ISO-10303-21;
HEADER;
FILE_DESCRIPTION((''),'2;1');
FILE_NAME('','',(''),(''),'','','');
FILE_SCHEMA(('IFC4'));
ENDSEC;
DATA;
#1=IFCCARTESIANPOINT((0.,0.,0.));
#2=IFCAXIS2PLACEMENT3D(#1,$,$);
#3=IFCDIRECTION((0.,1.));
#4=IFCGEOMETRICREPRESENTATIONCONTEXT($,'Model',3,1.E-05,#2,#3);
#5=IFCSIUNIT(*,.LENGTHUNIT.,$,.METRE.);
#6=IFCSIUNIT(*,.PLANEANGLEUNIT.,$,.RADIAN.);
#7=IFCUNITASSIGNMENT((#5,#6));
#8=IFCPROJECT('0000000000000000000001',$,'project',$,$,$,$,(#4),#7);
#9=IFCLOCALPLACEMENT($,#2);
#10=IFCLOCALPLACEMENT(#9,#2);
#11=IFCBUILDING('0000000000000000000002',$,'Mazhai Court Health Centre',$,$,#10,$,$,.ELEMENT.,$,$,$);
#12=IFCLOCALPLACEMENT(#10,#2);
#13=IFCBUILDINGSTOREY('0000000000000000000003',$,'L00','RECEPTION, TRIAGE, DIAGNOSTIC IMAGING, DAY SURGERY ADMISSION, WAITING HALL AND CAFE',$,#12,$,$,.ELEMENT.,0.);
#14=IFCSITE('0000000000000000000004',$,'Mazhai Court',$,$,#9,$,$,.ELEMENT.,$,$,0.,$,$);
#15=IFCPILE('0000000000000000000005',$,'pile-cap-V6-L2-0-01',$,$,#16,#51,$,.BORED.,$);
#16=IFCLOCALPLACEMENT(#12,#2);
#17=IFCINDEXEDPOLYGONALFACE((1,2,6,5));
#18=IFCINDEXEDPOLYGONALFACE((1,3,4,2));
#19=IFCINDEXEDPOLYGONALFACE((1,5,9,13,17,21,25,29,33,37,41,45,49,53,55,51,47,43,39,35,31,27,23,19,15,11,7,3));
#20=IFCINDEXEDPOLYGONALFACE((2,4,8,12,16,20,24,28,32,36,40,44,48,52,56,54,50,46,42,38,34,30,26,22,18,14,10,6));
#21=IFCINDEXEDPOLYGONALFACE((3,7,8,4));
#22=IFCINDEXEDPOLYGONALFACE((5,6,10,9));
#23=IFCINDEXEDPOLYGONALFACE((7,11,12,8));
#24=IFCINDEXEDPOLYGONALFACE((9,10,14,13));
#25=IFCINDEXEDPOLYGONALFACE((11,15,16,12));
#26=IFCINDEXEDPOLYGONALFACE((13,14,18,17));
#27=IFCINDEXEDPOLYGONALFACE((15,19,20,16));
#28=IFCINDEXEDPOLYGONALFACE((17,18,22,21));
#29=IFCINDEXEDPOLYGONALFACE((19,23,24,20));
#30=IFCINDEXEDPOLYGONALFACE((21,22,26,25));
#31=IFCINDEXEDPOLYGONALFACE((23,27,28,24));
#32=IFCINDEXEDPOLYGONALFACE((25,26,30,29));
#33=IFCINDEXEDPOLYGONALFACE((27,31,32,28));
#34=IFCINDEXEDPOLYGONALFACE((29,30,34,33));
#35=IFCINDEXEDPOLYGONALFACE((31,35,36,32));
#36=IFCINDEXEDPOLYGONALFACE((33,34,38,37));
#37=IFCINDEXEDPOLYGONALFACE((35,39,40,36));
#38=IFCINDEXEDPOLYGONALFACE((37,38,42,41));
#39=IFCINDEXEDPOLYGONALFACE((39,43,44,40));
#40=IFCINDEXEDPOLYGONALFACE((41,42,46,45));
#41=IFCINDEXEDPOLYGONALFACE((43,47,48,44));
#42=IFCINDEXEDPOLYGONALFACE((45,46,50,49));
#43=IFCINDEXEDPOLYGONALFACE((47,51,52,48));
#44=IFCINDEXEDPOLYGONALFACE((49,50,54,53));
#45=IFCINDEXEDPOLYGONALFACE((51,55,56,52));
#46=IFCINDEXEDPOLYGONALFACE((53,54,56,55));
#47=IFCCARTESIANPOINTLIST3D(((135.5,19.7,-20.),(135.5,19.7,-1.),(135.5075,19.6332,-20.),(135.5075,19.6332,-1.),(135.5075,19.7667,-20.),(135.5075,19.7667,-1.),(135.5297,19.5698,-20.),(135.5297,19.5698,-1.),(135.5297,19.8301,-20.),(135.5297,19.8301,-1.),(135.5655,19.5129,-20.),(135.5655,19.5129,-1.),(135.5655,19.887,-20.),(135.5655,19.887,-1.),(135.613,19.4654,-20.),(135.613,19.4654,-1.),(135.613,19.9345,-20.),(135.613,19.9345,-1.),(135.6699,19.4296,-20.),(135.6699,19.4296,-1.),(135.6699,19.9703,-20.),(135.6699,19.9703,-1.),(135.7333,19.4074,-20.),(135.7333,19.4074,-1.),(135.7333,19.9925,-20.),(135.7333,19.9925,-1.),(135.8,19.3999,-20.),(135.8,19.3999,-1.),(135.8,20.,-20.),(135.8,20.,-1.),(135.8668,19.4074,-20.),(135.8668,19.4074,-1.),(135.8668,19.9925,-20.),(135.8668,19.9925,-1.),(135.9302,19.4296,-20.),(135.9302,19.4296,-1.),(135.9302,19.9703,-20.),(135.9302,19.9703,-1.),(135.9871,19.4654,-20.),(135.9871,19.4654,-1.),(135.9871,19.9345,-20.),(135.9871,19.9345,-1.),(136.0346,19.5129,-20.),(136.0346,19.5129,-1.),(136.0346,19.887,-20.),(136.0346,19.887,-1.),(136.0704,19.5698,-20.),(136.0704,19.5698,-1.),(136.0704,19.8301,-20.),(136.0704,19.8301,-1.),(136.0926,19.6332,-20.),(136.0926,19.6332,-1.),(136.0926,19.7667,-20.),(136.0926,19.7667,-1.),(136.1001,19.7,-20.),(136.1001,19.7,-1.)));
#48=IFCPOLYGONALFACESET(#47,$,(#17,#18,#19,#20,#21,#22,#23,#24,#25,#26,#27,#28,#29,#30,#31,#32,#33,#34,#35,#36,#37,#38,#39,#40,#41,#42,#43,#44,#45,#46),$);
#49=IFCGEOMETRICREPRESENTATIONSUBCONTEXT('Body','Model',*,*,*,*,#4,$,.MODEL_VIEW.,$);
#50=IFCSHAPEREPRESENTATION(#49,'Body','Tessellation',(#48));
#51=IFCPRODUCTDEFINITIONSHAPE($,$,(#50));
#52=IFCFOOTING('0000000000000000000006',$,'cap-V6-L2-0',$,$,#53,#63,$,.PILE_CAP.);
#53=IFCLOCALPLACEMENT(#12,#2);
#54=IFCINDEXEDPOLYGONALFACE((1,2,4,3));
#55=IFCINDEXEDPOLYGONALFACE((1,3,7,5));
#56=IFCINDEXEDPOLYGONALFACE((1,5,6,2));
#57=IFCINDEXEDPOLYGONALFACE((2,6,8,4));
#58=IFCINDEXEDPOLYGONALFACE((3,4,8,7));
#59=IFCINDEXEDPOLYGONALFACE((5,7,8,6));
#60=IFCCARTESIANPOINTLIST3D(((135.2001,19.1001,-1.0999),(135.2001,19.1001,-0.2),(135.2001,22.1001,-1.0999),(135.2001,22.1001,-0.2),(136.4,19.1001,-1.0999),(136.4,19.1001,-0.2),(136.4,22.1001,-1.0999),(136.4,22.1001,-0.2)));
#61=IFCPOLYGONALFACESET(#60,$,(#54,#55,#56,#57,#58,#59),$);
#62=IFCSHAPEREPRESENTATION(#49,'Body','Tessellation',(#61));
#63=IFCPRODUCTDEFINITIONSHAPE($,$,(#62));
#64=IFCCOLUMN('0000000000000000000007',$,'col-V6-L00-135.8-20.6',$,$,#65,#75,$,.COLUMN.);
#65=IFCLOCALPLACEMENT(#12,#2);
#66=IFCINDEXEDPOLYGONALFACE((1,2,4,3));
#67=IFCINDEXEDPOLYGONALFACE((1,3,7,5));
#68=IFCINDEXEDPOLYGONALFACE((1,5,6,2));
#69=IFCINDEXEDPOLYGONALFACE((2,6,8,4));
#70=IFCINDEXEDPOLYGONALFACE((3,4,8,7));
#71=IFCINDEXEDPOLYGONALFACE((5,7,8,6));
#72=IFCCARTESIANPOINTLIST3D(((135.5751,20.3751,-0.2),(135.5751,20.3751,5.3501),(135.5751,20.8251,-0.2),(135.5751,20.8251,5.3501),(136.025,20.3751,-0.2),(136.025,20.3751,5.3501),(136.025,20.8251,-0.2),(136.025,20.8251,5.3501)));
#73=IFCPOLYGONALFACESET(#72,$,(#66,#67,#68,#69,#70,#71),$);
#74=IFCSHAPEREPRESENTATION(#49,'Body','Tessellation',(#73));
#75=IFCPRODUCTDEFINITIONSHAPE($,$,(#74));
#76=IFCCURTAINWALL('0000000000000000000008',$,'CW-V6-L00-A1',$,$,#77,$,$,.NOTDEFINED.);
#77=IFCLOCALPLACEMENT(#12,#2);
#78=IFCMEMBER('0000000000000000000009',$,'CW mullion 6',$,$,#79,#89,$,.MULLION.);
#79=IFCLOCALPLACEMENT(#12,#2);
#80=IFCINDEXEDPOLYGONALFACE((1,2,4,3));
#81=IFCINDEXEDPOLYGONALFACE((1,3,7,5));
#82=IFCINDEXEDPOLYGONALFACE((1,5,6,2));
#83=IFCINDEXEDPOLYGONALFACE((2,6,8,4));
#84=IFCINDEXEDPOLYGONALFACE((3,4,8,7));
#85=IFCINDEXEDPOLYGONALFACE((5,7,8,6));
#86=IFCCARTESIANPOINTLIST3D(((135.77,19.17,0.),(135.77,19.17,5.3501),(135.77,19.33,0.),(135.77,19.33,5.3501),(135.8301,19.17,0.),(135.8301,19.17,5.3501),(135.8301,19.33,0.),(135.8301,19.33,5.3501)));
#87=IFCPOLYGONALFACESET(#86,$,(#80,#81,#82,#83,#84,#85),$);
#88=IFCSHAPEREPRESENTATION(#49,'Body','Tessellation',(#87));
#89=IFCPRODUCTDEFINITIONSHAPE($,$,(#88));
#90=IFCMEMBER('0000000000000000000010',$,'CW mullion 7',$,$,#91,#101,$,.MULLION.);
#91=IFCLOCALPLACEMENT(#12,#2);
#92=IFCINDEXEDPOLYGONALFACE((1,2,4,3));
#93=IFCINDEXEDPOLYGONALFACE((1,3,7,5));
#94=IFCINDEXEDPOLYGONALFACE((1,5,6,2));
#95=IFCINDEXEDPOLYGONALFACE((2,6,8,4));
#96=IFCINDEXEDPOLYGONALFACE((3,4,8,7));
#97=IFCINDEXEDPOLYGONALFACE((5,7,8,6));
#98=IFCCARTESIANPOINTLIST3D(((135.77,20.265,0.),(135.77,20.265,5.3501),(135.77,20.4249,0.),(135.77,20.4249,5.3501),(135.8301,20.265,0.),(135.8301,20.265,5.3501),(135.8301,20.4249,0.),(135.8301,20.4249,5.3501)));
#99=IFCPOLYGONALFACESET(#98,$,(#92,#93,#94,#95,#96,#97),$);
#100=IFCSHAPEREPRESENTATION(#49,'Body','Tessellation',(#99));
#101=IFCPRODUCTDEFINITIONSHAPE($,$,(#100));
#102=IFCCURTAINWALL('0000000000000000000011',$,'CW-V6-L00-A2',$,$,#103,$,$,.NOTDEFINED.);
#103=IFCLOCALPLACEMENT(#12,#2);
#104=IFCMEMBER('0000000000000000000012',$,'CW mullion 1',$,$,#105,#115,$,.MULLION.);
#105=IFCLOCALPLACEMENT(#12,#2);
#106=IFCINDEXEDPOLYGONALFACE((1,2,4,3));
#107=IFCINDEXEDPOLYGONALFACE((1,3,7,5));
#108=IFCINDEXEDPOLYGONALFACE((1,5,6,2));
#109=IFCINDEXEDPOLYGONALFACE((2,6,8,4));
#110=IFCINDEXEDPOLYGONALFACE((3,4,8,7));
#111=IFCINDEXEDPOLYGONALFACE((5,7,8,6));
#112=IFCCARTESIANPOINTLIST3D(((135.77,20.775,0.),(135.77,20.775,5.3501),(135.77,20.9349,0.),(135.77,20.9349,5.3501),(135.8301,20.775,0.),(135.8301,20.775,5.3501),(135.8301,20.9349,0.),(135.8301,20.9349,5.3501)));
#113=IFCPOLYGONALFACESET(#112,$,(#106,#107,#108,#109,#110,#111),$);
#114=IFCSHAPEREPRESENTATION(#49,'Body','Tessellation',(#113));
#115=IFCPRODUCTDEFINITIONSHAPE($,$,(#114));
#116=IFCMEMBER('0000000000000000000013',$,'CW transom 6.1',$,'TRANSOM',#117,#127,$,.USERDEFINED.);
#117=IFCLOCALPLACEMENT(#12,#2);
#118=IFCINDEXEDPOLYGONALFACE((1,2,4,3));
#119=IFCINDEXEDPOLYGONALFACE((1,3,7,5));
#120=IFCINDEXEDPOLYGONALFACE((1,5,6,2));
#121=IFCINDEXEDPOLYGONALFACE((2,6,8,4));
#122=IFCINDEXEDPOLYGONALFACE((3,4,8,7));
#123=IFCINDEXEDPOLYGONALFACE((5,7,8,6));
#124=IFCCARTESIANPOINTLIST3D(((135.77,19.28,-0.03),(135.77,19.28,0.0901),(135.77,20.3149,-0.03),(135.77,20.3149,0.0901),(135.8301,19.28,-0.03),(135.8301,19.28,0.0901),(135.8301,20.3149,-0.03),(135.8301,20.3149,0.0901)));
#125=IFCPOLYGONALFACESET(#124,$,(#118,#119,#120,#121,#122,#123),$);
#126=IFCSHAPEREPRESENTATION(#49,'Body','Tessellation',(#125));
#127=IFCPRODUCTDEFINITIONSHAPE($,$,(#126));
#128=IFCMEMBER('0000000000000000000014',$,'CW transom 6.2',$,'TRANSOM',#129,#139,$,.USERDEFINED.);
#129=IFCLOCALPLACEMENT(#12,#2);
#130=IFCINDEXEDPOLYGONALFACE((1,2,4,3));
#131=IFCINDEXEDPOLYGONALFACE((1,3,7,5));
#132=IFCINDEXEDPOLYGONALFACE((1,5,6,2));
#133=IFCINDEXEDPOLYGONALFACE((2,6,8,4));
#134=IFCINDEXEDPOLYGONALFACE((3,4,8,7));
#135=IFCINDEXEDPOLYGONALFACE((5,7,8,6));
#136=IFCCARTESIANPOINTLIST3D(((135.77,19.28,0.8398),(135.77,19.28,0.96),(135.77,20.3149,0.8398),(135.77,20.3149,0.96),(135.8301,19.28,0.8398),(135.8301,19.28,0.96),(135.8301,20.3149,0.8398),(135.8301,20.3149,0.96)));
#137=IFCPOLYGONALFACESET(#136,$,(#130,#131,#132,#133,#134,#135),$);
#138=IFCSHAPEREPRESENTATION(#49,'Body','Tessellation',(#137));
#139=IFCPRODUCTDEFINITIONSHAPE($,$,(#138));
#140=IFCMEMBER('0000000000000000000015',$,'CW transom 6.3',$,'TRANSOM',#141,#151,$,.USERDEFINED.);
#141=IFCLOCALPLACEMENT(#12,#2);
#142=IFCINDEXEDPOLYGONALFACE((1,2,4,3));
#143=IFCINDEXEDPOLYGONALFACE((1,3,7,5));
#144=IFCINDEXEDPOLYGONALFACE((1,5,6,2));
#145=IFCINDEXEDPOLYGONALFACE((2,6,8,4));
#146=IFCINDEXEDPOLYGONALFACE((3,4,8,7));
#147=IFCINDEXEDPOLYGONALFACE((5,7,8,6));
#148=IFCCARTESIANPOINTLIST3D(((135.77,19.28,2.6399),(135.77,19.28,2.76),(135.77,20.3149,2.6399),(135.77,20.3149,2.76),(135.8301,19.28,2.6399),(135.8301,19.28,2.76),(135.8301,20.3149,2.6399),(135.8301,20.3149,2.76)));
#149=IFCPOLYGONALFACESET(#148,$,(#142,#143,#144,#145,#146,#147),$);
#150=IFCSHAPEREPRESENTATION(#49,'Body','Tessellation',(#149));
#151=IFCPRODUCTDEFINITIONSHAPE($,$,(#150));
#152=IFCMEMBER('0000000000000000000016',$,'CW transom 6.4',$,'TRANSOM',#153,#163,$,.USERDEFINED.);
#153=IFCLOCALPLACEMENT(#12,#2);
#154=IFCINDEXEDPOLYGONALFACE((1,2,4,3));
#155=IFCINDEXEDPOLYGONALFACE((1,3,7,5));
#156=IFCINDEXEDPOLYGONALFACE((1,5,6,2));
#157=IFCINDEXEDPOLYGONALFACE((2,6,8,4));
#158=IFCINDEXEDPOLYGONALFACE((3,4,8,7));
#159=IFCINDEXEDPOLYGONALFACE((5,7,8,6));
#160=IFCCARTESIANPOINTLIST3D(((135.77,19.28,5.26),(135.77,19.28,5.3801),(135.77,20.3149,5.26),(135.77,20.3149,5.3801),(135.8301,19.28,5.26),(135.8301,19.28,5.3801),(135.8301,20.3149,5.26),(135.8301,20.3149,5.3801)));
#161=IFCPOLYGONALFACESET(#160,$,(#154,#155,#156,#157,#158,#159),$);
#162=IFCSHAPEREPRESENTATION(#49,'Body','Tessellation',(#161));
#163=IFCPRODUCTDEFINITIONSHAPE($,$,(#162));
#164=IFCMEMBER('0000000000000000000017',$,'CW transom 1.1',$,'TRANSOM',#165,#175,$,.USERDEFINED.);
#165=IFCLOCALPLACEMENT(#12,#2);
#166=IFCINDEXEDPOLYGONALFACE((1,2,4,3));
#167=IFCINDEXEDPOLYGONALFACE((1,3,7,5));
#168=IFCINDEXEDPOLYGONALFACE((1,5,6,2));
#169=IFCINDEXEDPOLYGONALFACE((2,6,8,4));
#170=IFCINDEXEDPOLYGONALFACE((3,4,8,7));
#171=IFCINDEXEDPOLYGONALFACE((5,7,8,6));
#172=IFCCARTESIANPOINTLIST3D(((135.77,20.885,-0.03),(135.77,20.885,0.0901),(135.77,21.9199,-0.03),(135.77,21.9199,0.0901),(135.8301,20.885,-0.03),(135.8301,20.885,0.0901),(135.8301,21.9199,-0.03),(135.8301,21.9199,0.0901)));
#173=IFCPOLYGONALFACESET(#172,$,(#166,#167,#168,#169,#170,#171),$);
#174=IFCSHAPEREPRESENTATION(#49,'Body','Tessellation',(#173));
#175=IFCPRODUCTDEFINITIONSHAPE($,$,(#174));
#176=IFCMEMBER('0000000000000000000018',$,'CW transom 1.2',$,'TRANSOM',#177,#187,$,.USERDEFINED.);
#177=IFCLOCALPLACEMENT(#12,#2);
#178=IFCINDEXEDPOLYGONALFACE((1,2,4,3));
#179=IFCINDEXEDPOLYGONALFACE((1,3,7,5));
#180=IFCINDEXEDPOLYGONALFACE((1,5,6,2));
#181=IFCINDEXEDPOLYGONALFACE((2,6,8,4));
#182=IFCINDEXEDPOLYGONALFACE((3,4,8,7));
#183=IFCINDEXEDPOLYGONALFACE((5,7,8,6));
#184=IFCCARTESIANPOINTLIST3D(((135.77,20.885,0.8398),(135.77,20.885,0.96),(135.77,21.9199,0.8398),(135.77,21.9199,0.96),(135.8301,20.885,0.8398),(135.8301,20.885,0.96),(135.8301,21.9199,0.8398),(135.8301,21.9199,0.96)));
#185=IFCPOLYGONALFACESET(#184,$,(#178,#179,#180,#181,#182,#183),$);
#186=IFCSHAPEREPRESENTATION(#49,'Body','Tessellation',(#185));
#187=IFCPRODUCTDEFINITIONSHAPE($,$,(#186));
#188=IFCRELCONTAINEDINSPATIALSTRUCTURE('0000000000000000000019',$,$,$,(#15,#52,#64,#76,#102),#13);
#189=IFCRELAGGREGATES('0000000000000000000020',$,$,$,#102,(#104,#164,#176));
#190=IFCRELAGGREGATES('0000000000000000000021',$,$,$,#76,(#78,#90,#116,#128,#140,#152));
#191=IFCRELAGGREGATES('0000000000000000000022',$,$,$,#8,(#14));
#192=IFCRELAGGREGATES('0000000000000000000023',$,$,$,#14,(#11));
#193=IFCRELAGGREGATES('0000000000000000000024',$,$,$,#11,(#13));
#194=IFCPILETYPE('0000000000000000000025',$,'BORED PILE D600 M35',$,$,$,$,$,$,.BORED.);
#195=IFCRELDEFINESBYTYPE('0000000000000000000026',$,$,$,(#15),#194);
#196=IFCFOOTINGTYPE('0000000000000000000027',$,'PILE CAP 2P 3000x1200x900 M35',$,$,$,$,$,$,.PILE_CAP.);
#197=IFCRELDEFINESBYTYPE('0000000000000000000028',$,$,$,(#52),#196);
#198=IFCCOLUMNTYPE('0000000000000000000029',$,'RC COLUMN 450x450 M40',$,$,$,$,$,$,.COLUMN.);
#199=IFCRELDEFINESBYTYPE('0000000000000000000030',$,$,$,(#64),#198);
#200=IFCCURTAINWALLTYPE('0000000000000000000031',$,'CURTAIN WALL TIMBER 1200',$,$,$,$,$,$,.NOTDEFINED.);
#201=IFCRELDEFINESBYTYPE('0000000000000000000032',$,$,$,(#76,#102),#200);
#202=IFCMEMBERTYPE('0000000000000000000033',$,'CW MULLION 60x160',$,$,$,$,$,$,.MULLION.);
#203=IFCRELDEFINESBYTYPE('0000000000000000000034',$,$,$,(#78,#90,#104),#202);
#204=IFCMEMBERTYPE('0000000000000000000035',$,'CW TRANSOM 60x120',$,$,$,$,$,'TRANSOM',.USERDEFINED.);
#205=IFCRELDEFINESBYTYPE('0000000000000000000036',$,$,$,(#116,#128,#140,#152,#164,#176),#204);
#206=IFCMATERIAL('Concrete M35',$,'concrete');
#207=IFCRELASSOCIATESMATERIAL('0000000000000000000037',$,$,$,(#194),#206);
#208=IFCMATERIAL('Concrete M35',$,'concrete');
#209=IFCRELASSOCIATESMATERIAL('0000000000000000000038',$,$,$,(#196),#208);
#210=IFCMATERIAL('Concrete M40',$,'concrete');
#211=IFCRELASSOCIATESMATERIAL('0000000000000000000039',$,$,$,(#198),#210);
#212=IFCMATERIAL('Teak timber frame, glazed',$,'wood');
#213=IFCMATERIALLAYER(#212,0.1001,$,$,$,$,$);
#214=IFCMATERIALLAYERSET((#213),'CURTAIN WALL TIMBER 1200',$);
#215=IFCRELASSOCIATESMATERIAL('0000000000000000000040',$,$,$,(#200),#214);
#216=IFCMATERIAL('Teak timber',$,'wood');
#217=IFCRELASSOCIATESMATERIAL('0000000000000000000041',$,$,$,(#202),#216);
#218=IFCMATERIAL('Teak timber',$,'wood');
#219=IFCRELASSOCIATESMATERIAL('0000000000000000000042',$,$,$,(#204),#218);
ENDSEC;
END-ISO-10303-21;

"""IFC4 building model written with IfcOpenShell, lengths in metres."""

from ifc_helpers import new_model, si_unit, direction, frame, origin, origin_2d, place, context, subcontext, project, spatial, rectangle, circle, extrude, material, layer, layer_set, material_profile, profile_set, type_object, element, aggregate, save


model = new_model("IFC4")

# Units and contexts
model_context = context("Model", 3, precision=1e-05, world=origin(), true_north=direction((0.0, 1.0)))
body_context = subcontext(model_context, "Body", "Model", "MODEL_VIEW")
ifc_project = project(units=[si_unit("LENGTHUNIT", "METRE"), si_unit("PLANEANGLEUNIT", "RADIAN")], contexts=[model_context])

# Site, building, storey
site_placement = place(None, origin())
site = spatial("IfcSite", under=ifc_project, at=site_placement, Name="Mazhai Court", CompositionType="ELEMENT", RefElevation=0.0)
building_placement = place(site_placement, origin())
building = spatial("IfcBuilding", under=site, at=building_placement, Name="Mazhai Court Health Centre", CompositionType="ELEMENT")
storey_placement = place(building_placement, origin())
storey = spatial("IfcBuildingStorey", under=building, at=storey_placement, Name="L00", Description="RECEPTION, TRIAGE, DIAGNOSTIC IMAGING, DAY SURGERY ADMISSION, WAITING HALL AND CAFE", CompositionType="ELEMENT", Elevation=0.0)

# Pile
ifc_material_1 = material(Name="Concrete M35", Category="concrete")
ifc_material_profile_1 = material_profile(ifc_material_1, circle(Radius=0.3, at=origin_2d()), Name="RC PILE D600")
ifc_profile_set_1 = profile_set([ifc_material_profile_1], Name="Concrete M35")
pile_type = type_object("IfcPileType", Name="BORED PILE D600 M35", PredefinedType="BORED", material=ifc_profile_set_1)
pile_placement = place(storey_placement, frame((135.8, 19.7, -1.0), z_axis=(0.0, 0.0, -1.0), x_axis=(1.0, 0.0, 0.0)))
element("IfcPile", 1, at=pile_placement, inside=storey, type_object=pile_type, Name="pile-cap-V6-L2-0-01", PredefinedType="BORED", context=body_context, shape_type="SweptSolid", body=[
    extrude(circle(Radius=0.3, at=origin_2d()), origin(), (0.0, 0.0, 1.0), 19.0),
])

# Footing
ifc_material_2 = material(Name="Concrete M35", Category="concrete")
footing_type = type_object("IfcFootingType", Name="PILE CAP 2P 3000x1200x900 M35", PredefinedType="PILE_CAP", material=ifc_material_2)
footing_placement = place(storey_placement, frame((135.8, 20.6001, -1.0999), z_axis=(0.0, 0.0, 1.0), x_axis=(1.0, 0.0, 0.0)))
element("IfcFooting", 2, at=footing_placement, inside=storey, type_object=footing_type, Name="cap-V6-L2-0", PredefinedType="PILE_CAP", context=body_context, shape_type="SweptSolid", body=[
    extrude(rectangle(XDim=1.2, YDim=3.0, at=origin_2d()), origin(), (0.0, 0.0, 1.0), 0.8999),
])

# Column
ifc_material_3 = material(Name="Concrete M40", Category="concrete")
ifc_material_profile_2 = material_profile(ifc_material_3, rectangle(XDim=0.45, YDim=0.45, at=origin_2d()), Name="RC 450x450")
ifc_profile_set_2 = profile_set([ifc_material_profile_2], Name="Concrete M40")
column_type = type_object("IfcColumnType", Name="RC COLUMN 450x450 M40", PredefinedType="COLUMN", material=ifc_profile_set_2)
column_placement = place(storey_placement, frame((135.8, 20.6001, -0.2), z_axis=(0.0, 0.0, 1.0), x_axis=(1.0, 0.0, 0.0)))
element("IfcColumn", 3, at=column_placement, inside=storey, type_object=column_type, Name="col-V6-L00-135.8-20.6", PredefinedType="COLUMN", context=body_context, shape_type="SweptSolid", body=[
    extrude(rectangle(XDim=0.45, YDim=0.45, at=origin_2d()), origin(), (0.0, 0.0, 1.0), 5.55),
])

# Curtain wall, members
ifc_material_4 = material(Name="Teak timber frame, glazed", Category="wood")
ifc_layer_1 = layer(ifc_material_4, 0.1001)
ifc_layer_set_1 = layer_set([ifc_layer_1], Name="CURTAIN WALL TIMBER 1200")
curtain_wall_type = type_object("IfcCurtainWallType", Name="CURTAIN WALL TIMBER 1200", PredefinedType="NOTDEFINED", material=ifc_layer_set_1)
curtain_wall_1_placement = place(storey_placement, origin())
curtain_wall_1 = element("IfcCurtainWall", 4, at=curtain_wall_1_placement, inside=storey, type_object=curtain_wall_type, Name="CW-V6-L00-A1", PredefinedType="NOTDEFINED")
ifc_material_5 = material(Name="Teak timber", Category="wood")
ifc_material_profile_3 = material_profile(ifc_material_5, rectangle(XDim=0.0601, YDim=0.1599, at=origin_2d()), Name="CW MULLION 60x160")
ifc_profile_set_3 = profile_set([ifc_material_profile_3], Name="Teak timber")
member_type_1 = type_object("IfcMemberType", Name="CW MULLION 60x160", PredefinedType="MULLION", material=ifc_profile_set_3)
member_1_placement = place(storey_placement, frame((135.8, 19.25, 0.0), z_axis=(0.0, 0.0, 1.0), x_axis=(-1.0, 0.0, 0.0)))
member_1 = element("IfcMember", 5, at=member_1_placement, type_object=member_type_1, Name="CW mullion 6", PredefinedType="MULLION", context=body_context, shape_type="SweptSolid", body=[
    extrude(rectangle(XDim=0.0601, YDim=0.1599, at=origin_2d()), origin(), (0.0, 0.0, 1.0), 5.3501),
])
member_2_placement = place(storey_placement, frame((135.8, 20.345, 0.0), z_axis=(0.0, 0.0, 1.0), x_axis=(-1.0, 0.0, 0.0)))
member_2 = element("IfcMember", 6, at=member_2_placement, type_object=member_type_1, Name="CW mullion 7", PredefinedType="MULLION", context=body_context, shape_type="SweptSolid", body=[
    extrude(rectangle(XDim=0.0601, YDim=0.1599, at=origin_2d()), origin(), (0.0, 0.0, 1.0), 5.3501),
])

# Curtain wall, member
curtain_wall_2_placement = place(storey_placement, origin())
curtain_wall_2 = element("IfcCurtainWall", 7, at=curtain_wall_2_placement, inside=storey, type_object=curtain_wall_type, Name="CW-V6-L00-A2", PredefinedType="NOTDEFINED")
member_3_placement = place(storey_placement, frame((135.8, 20.855, 0.0), z_axis=(0.0, 0.0, 1.0), x_axis=(-1.0, 0.0, 0.0)))
member_3 = element("IfcMember", 8, at=member_3_placement, type_object=member_type_1, Name="CW mullion 1", PredefinedType="MULLION", context=body_context, shape_type="SweptSolid", body=[
    extrude(rectangle(XDim=0.0601, YDim=0.1599, at=origin_2d()), origin(), (0.0, 0.0, 1.0), 5.3501),
])

# Members
ifc_material_6 = material(Name="Teak timber", Category="wood")
ifc_material_profile_4 = material_profile(ifc_material_6, rectangle(XDim=0.0601, YDim=0.1201, at=origin_2d()), Name="CW TRANSOM 60x120")
ifc_profile_set_4 = profile_set([ifc_material_profile_4], Name="Teak timber")
member_type_2 = type_object("IfcMemberType", Name="CW TRANSOM 60x120", ElementType="TRANSOM", PredefinedType="USERDEFINED", material=ifc_profile_set_4)
member_4_placement = place(storey_placement, frame((135.8, 19.28, 0.03), z_axis=(0.0, 1.0, 0.0), x_axis=(-1.0, 0.0, 0.0)))
member_4 = element("IfcMember", 9, at=member_4_placement, type_object=member_type_2, Name="CW transom 6.1", ObjectType="TRANSOM", PredefinedType="USERDEFINED", context=body_context, shape_type="SweptSolid", body=[
    extrude(rectangle(XDim=0.0601, YDim=0.1201, at=origin_2d()), origin(), (0.0, 0.0, 1.0), 1.0349),
])
member_5_placement = place(storey_placement, frame((135.8, 19.28, 0.8999), z_axis=(0.0, 1.0, 0.0), x_axis=(-1.0, 0.0, 0.0)))
member_5 = element("IfcMember", 10, at=member_5_placement, type_object=member_type_2, Name="CW transom 6.2", ObjectType="TRANSOM", PredefinedType="USERDEFINED", context=body_context, shape_type="SweptSolid", body=[
    extrude(rectangle(XDim=0.0601, YDim=0.1201, at=origin_2d()), origin(), (0.0, 0.0, 1.0), 1.0349),
])
member_6_placement = place(storey_placement, frame((135.8, 19.28, 2.7), z_axis=(0.0, 1.0, 0.0), x_axis=(-1.0, 0.0, 0.0)))
member_6 = element("IfcMember", 11, at=member_6_placement, type_object=member_type_2, Name="CW transom 6.3", ObjectType="TRANSOM", PredefinedType="USERDEFINED", context=body_context, shape_type="SweptSolid", body=[
    extrude(rectangle(XDim=0.0601, YDim=0.1201, at=origin_2d()), origin(), (0.0, 0.0, 1.0), 1.0349),
])
member_7_placement = place(storey_placement, frame((135.8, 19.28, 5.3201), z_axis=(0.0, 1.0, 0.0), x_axis=(-1.0, 0.0, 0.0)))
member_7 = element("IfcMember", 12, at=member_7_placement, type_object=member_type_2, Name="CW transom 6.4", ObjectType="TRANSOM", PredefinedType="USERDEFINED", context=body_context, shape_type="SweptSolid", body=[
    extrude(rectangle(XDim=0.0601, YDim=0.1201, at=origin_2d()), origin(), (0.0, 0.0, 1.0), 1.0349),
])
member_8_placement = place(storey_placement, frame((135.8, 20.885, 0.03), z_axis=(0.0, 1.0, 0.0), x_axis=(-1.0, 0.0, 0.0)))
member_8 = element("IfcMember", 13, at=member_8_placement, type_object=member_type_2, Name="CW transom 1.1", ObjectType="TRANSOM", PredefinedType="USERDEFINED", context=body_context, shape_type="SweptSolid", body=[
    extrude(rectangle(XDim=0.0601, YDim=0.1201, at=origin_2d()), origin(), (0.0, 0.0, 1.0), 1.0349),
])
member_9_placement = place(storey_placement, frame((135.8, 20.885, 0.8999), z_axis=(0.0, 1.0, 0.0), x_axis=(-1.0, 0.0, 0.0)))
member_9 = element("IfcMember", 14, at=member_9_placement, type_object=member_type_2, Name="CW transom 1.2", ObjectType="TRANSOM", PredefinedType="USERDEFINED", context=body_context, shape_type="SweptSolid", body=[
    extrude(rectangle(XDim=0.0601, YDim=0.1201, at=origin_2d()), origin(), (0.0, 0.0, 1.0), 1.0349),
])
aggregate(curtain_wall_2, [member_3, member_8, member_9])

aggregate(curtain_wall_1, [member_1, member_2, member_4, member_5, member_6, member_7])

save(model, "model.ifc")
